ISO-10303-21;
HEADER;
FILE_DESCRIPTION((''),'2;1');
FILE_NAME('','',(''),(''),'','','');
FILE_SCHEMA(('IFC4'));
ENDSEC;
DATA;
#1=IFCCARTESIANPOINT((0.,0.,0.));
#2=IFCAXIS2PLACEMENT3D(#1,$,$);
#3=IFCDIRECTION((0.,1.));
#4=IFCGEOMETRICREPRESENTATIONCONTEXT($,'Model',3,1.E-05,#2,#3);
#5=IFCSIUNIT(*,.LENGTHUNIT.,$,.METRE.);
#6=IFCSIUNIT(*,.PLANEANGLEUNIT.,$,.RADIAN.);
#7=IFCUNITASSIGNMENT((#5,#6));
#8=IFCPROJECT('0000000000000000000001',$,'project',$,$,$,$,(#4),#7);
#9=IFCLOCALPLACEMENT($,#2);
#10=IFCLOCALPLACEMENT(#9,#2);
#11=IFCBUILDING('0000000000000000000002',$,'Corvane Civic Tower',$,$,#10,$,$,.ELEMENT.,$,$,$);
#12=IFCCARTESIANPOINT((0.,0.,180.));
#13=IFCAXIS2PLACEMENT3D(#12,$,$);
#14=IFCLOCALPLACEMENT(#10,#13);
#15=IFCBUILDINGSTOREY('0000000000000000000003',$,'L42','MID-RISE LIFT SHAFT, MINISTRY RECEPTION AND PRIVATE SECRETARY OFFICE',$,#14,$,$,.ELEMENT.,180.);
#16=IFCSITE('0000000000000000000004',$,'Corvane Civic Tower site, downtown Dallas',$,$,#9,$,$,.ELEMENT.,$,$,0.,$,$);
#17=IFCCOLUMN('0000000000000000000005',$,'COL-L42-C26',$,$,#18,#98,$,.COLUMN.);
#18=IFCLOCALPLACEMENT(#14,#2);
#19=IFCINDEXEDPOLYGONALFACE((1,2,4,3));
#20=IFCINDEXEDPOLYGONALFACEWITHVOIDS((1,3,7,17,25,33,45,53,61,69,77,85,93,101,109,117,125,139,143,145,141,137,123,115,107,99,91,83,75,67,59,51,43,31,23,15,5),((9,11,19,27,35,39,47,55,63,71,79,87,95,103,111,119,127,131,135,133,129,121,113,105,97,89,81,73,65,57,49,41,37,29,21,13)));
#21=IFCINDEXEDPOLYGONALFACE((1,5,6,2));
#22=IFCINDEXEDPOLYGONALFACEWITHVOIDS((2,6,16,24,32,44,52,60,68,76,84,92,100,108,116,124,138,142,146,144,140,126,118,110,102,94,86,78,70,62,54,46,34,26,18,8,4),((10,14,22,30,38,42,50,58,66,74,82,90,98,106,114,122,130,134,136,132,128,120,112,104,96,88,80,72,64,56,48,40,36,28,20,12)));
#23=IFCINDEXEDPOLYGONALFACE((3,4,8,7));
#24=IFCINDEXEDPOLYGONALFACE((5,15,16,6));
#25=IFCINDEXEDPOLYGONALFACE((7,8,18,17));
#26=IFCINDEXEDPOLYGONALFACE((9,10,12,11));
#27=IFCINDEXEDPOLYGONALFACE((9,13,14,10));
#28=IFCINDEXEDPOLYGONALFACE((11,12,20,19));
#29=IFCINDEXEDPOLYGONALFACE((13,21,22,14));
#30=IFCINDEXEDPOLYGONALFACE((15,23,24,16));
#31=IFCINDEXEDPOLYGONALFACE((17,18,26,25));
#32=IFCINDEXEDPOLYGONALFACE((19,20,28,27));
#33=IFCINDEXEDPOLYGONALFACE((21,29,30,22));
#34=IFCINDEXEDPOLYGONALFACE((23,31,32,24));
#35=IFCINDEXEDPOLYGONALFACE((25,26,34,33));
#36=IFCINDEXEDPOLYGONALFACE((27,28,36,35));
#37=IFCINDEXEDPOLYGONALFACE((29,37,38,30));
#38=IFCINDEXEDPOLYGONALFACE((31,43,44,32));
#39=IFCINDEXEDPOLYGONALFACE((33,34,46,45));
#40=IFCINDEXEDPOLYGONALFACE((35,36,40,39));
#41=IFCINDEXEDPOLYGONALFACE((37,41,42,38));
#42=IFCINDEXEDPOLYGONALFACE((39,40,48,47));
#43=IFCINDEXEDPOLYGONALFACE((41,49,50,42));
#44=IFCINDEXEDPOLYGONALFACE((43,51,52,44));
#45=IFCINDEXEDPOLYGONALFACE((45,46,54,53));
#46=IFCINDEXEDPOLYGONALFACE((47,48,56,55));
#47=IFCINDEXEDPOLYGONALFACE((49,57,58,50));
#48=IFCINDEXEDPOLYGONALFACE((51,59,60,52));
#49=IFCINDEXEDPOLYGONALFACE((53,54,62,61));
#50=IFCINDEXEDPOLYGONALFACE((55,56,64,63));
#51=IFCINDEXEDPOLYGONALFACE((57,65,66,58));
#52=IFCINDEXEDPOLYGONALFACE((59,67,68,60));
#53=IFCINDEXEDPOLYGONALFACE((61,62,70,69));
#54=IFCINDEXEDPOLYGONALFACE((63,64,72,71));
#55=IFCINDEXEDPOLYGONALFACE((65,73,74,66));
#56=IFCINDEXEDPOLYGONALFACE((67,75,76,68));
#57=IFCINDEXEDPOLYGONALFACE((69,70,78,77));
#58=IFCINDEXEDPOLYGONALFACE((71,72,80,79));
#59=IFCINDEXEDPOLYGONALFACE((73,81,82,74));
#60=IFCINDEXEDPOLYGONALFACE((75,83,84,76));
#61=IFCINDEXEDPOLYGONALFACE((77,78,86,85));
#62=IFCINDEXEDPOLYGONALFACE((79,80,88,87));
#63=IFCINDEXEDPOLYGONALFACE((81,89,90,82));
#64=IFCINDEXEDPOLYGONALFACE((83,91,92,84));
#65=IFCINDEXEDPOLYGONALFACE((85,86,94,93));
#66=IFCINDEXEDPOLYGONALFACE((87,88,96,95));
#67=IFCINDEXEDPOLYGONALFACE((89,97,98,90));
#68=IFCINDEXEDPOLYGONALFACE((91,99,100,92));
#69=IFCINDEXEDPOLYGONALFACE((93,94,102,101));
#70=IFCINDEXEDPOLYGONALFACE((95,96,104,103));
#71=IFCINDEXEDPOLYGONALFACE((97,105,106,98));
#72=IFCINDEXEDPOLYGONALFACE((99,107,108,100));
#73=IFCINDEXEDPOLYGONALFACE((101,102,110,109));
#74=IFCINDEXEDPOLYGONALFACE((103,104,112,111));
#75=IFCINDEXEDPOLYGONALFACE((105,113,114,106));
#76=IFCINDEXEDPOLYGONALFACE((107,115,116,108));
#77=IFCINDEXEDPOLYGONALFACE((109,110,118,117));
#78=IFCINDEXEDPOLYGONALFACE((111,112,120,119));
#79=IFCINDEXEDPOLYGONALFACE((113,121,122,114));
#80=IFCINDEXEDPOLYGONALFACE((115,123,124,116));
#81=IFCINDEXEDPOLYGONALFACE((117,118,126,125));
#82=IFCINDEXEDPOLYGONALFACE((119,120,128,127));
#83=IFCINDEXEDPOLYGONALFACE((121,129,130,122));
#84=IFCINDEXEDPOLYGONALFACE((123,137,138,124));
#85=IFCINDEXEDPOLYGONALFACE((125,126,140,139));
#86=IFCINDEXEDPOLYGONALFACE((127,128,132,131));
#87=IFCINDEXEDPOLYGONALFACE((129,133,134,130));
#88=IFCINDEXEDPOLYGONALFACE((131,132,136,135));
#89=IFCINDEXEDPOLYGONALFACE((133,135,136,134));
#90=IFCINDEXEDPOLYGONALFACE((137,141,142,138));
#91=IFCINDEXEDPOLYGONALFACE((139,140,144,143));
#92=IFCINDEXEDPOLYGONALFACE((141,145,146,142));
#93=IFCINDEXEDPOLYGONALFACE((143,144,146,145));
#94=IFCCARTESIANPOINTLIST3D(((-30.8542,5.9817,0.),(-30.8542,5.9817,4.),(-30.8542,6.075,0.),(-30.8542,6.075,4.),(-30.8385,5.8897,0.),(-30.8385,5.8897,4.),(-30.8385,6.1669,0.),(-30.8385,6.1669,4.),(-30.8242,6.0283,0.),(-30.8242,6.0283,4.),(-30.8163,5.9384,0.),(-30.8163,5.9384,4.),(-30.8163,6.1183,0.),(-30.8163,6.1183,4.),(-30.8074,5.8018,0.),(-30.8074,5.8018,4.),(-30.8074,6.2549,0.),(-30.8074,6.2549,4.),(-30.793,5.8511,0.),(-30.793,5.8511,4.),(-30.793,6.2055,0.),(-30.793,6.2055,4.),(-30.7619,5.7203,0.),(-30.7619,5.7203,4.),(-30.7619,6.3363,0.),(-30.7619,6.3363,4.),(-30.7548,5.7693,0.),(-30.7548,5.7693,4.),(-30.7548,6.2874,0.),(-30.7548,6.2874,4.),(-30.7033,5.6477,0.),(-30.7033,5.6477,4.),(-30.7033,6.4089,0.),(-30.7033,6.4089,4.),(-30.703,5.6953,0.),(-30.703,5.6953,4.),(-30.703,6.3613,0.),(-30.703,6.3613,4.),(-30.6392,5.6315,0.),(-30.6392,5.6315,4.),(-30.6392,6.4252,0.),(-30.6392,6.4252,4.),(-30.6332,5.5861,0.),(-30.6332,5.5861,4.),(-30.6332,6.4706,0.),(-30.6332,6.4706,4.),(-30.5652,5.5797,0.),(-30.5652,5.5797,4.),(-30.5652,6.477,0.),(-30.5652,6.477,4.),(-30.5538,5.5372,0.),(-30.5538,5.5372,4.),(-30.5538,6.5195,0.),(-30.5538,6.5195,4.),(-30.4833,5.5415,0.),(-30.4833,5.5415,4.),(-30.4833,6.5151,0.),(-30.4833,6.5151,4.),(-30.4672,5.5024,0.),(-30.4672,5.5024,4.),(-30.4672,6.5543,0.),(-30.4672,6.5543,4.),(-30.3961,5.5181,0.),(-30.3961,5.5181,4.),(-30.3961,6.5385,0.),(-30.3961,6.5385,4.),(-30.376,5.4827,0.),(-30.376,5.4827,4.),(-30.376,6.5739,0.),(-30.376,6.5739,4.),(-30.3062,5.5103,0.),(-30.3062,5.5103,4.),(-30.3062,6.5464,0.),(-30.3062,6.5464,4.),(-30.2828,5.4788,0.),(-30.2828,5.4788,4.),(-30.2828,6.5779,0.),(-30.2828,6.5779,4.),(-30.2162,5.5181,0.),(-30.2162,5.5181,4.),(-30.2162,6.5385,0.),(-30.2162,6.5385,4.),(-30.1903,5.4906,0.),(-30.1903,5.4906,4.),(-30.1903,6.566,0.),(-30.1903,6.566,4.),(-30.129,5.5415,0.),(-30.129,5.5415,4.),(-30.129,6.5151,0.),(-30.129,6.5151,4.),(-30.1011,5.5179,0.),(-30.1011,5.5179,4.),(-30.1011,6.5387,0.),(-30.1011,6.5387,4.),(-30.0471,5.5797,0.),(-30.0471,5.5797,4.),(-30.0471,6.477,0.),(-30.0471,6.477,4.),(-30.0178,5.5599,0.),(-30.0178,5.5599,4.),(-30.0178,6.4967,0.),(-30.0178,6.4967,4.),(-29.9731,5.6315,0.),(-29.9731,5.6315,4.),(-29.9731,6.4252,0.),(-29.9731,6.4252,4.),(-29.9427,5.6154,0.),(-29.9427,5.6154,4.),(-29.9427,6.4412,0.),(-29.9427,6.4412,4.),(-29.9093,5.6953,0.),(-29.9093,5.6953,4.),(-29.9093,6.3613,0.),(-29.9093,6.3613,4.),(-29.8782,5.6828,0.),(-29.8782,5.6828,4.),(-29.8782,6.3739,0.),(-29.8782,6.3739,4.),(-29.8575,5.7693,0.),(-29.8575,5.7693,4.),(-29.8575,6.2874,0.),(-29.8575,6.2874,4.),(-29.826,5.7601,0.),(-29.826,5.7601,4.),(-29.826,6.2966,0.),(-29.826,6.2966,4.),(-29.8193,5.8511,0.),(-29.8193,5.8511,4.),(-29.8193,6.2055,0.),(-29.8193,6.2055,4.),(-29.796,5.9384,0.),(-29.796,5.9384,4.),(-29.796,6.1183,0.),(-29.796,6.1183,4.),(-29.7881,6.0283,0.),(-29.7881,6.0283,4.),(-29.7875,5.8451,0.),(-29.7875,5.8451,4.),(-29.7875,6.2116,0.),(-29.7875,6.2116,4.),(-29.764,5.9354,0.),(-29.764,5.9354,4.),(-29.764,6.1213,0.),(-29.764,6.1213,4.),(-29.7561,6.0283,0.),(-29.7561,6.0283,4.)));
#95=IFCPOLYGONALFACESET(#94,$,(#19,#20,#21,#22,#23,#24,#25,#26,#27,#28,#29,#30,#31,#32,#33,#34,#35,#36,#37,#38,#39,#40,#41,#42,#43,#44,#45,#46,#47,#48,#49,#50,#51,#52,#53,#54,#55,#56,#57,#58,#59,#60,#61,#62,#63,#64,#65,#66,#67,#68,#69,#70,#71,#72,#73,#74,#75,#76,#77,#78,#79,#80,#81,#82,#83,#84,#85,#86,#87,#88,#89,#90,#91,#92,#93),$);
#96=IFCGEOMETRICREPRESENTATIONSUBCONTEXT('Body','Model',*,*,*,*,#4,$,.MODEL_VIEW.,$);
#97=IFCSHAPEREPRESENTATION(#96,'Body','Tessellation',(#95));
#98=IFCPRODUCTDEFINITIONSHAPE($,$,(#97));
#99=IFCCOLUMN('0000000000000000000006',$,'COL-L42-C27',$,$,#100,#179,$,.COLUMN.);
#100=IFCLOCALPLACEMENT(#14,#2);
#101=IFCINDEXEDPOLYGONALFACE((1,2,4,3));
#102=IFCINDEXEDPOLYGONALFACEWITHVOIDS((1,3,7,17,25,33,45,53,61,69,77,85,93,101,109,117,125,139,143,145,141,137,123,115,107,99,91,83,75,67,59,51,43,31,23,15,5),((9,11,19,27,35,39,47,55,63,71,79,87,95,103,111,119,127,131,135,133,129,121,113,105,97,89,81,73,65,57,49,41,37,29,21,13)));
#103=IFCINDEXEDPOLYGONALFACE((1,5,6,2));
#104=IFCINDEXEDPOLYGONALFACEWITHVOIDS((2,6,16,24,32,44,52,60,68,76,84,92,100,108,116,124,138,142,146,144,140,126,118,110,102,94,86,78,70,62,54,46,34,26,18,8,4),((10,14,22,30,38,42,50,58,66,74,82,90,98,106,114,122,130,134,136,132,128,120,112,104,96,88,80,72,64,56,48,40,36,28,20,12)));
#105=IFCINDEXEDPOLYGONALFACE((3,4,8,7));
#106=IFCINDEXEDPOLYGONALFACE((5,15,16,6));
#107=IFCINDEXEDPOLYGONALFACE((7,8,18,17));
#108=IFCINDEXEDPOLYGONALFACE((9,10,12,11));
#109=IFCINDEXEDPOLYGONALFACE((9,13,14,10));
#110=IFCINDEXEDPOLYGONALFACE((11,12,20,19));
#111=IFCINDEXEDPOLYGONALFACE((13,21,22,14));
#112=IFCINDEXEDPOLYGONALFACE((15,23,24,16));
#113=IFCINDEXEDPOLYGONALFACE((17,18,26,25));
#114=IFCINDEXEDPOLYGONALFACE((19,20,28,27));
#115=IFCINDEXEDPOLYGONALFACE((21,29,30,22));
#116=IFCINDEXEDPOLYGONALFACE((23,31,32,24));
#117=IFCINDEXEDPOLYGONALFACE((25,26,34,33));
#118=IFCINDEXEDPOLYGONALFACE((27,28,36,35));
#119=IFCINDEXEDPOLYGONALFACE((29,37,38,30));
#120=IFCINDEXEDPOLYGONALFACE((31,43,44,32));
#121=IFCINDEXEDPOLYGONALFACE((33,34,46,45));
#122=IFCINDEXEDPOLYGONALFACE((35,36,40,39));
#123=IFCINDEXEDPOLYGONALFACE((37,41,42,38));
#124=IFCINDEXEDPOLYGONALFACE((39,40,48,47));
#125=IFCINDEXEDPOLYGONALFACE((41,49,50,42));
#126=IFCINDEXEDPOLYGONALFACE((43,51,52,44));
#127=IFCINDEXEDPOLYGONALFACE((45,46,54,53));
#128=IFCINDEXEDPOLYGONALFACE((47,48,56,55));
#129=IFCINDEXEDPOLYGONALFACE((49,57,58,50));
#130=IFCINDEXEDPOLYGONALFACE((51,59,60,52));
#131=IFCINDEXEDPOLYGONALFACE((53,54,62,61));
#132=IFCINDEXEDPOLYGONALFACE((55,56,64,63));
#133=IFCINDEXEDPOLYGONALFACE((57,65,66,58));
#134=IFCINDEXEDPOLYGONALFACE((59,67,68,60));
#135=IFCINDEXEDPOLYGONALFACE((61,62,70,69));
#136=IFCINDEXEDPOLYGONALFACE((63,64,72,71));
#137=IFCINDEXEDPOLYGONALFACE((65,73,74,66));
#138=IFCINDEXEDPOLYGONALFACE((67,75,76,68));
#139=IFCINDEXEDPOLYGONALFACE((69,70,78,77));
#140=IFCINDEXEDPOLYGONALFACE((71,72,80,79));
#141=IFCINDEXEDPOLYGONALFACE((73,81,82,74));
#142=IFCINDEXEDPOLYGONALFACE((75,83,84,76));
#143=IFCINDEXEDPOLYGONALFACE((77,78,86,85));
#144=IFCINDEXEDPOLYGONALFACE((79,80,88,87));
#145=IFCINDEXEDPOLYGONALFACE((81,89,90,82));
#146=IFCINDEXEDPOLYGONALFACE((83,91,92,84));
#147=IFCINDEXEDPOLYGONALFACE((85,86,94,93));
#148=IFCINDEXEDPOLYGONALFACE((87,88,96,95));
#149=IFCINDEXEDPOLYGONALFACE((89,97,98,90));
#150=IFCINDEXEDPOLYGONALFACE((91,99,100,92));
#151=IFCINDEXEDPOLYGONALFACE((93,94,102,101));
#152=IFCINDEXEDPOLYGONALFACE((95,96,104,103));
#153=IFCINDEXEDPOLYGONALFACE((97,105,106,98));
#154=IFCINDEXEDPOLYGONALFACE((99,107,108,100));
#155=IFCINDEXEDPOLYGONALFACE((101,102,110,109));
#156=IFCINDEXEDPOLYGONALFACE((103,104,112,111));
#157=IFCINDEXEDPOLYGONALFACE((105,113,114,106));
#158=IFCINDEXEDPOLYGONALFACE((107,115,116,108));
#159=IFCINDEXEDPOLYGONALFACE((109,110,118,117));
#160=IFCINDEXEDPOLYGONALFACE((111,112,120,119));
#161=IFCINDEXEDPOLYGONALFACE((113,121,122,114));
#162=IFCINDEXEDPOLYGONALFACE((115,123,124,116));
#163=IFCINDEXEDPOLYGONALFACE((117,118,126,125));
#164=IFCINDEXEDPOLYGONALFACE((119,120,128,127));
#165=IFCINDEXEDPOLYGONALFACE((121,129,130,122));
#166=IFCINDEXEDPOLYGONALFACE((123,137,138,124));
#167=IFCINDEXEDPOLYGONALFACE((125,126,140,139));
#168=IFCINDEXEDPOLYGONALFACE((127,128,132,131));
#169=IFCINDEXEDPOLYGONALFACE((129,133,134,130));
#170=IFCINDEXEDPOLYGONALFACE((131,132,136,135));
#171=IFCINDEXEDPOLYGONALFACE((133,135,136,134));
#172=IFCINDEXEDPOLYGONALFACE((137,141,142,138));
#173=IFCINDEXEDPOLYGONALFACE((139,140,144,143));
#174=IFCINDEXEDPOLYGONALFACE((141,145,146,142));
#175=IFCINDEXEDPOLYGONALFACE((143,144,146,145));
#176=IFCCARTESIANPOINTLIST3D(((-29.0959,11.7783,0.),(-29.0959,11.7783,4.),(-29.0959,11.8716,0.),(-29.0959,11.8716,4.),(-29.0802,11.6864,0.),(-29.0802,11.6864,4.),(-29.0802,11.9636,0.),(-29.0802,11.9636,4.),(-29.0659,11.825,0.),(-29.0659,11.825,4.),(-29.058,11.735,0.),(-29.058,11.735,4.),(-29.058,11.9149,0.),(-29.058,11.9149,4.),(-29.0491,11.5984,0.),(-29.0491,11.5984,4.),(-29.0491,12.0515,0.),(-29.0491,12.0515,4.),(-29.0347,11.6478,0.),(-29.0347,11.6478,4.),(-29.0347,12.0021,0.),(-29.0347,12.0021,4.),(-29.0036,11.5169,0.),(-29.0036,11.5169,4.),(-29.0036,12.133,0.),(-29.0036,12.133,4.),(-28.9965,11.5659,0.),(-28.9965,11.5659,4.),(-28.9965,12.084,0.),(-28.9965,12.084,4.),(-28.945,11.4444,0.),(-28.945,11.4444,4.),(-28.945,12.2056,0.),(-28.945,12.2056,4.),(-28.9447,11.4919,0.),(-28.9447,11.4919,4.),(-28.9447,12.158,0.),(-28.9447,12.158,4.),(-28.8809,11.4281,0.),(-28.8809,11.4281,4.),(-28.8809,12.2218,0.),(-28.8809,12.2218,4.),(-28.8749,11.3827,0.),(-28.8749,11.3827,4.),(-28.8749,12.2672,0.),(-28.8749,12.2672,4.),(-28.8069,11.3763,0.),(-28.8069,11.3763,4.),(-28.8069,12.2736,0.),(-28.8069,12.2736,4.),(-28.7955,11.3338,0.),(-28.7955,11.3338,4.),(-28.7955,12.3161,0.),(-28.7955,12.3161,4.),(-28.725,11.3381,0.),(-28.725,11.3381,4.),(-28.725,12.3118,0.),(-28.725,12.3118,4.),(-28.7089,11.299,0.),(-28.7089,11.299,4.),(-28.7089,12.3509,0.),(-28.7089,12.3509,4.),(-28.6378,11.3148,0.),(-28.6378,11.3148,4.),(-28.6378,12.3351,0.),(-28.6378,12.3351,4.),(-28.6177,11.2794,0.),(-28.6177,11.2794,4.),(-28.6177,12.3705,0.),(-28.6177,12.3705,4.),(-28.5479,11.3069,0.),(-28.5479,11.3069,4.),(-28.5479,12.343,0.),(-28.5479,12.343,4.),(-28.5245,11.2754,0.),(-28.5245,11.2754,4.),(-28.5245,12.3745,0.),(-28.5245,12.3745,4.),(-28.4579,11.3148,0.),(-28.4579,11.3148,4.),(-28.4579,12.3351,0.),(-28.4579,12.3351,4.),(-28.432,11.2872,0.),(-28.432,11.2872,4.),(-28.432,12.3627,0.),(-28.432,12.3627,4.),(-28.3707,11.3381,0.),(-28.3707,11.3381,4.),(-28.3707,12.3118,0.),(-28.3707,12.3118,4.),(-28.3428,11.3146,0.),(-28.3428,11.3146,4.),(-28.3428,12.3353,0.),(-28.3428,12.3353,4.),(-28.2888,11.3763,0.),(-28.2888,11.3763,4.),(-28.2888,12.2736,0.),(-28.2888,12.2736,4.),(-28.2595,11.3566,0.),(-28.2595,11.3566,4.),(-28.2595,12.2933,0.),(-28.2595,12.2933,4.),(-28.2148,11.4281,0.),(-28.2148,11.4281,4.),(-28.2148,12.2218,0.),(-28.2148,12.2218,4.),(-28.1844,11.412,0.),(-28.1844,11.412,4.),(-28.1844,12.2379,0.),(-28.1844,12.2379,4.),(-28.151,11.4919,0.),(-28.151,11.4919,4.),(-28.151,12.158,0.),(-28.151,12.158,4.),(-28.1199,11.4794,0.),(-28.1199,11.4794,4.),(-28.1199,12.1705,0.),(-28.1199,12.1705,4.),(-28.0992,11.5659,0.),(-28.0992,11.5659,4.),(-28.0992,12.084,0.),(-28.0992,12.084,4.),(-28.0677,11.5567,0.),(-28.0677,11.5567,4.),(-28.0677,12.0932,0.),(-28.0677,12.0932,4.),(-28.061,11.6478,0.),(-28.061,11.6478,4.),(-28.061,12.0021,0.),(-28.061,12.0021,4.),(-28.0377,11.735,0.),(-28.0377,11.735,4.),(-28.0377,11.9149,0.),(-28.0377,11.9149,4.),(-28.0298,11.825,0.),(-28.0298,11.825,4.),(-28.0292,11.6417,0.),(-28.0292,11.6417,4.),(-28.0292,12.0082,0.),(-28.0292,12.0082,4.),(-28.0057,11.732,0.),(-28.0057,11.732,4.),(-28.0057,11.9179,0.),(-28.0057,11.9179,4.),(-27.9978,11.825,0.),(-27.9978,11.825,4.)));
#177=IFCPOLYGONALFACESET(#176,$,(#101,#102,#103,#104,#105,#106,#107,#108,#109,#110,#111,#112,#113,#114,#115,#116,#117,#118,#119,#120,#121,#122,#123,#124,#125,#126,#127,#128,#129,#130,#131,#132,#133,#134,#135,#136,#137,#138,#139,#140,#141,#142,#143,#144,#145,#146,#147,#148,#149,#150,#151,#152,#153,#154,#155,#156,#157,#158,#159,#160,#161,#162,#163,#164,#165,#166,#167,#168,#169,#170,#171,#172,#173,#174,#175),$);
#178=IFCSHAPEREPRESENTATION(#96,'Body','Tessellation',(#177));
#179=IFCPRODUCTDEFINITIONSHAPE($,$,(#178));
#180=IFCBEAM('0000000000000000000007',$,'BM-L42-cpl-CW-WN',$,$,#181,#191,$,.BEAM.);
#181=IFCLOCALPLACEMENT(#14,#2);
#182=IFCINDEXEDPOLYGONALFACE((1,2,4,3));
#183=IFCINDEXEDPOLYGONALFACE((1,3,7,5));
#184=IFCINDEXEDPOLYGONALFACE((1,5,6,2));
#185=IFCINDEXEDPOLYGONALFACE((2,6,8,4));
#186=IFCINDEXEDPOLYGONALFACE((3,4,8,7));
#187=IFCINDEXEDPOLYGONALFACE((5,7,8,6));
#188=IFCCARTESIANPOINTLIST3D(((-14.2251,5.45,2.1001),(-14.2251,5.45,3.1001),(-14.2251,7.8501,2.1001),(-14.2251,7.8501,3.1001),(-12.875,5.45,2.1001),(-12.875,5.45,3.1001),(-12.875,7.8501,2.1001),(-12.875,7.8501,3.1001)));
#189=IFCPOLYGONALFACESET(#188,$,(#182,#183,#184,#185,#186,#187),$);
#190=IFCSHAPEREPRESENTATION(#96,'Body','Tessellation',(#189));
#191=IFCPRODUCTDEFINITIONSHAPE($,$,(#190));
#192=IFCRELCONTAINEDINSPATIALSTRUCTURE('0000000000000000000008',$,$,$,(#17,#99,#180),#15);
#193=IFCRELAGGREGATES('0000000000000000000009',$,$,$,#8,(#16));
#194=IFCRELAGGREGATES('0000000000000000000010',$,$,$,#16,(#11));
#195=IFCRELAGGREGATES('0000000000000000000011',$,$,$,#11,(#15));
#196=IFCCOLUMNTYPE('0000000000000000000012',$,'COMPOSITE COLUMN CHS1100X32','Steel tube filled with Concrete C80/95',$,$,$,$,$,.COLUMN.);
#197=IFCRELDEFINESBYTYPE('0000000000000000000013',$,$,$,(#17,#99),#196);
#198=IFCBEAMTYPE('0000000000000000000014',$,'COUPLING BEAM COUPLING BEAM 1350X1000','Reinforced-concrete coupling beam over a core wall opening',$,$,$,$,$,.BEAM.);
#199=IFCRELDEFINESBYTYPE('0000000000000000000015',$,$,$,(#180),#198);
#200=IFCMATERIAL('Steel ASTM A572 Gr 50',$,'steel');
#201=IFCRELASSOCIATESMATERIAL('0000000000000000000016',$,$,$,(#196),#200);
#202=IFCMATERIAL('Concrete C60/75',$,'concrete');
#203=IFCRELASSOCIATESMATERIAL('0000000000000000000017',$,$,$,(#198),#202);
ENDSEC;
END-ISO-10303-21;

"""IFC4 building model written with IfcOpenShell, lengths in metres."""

from ifc_helpers import new_model, si_unit, direction, frame, origin, origin_2d, place, context, subcontext, project, spatial, rectangle, hollow_circle, extrude, material, material_profile, profile_set, type_object, element, save


model = new_model("IFC4")

# Units and contexts
model_context = context("Model", 3, precision=1e-05, world=origin(), true_north=direction((0.0, 1.0)))
body_context = subcontext(model_context, "Body", "Model", "MODEL_VIEW")
ifc_project = project(units=[si_unit("LENGTHUNIT", "METRE"), si_unit("PLANEANGLEUNIT", "RADIAN")], contexts=[model_context])

# Site, building, storey
site_placement = place(None, origin())
site = spatial("IfcSite", under=ifc_project, at=site_placement, Name="Corvane Civic Tower site, downtown Dallas", CompositionType="ELEMENT", RefElevation=0.0)
building_placement = place(site_placement, origin())
building = spatial("IfcBuilding", under=site, at=building_placement, Name="Corvane Civic Tower", CompositionType="ELEMENT")
storey_placement = place(building_placement, frame((0.0, 0.0, 180.0)))
storey = spatial("IfcBuildingStorey", under=building, at=storey_placement, Name="L42", Description="MID-RISE LIFT SHAFT, MINISTRY RECEPTION AND PRIVATE SECRETARY OFFICE", CompositionType="ELEMENT", Elevation=180.0)

# Columns
ifc_material_1 = material(Name="Steel ASTM A572 Gr 50", Category="steel")
ifc_material_profile_1 = material_profile(ifc_material_1, hollow_circle(Radius=0.55, WallThickness=0.032, at=origin_2d()), Name="CHS1100X32")
ifc_profile_set_1 = profile_set([ifc_material_profile_1], Name="Steel ASTM A572 Gr 50")
column_type = type_object("IfcColumnType", Name="COMPOSITE COLUMN CHS1100X32", Description="Steel tube filled with Concrete C80/95", PredefinedType="COLUMN", material=ifc_profile_set_1)
for number, where, z_axis, x_axis, name in (
    (1, (-30.3062, 6.0283, 0.0), (0.0, 0.0, 1.0), (1.0, 0.0, 0.0), "COL-L42-C26"),
    (2, (-28.5479, 11.825, 0.0), (0.0, 0.0, 1.0), (1.0, 0.0, 0.0), "COL-L42-C27"),
):
    element("IfcColumn", number, at=place(storey_placement, frame(where, z_axis=z_axis, x_axis=x_axis)), inside=storey, type_object=column_type, Name=name, PredefinedType="COLUMN", context=body_context, shape_type="SweptSolid", body=[
        extrude(hollow_circle(Radius=0.55, WallThickness=0.032, at=origin_2d()), origin(), (0.0, 0.0, 1.0), 4.0),
    ])

# Beam
ifc_material_2 = material(Name="Concrete C60/75", Category="concrete")
ifc_material_profile_2 = material_profile(ifc_material_2, rectangle(XDim=1.3501, YDim=1.0, at=origin_2d()), Name="COUPLING BEAM 1350X1000")
ifc_profile_set_2 = profile_set([ifc_material_profile_2], Name="Concrete C60/75")
beam_type_1 = type_object("IfcBeamType", Name="COUPLING BEAM COUPLING BEAM 1350X1000", Description="Reinforced-concrete coupling beam over a core wall opening", PredefinedType="BEAM", material=ifc_profile_set_2)
beam_1_placement = place(storey_placement, frame((-13.55, 5.45, 2.6001), z_axis=(0.0, 1.0, 0.0), x_axis=(-1.0, 0.0, 0.0)))
element("IfcBeam", 3, at=beam_1_placement, inside=storey, type_object=beam_type_1, Name="BM-L42-cpl-CW-WN", PredefinedType="BEAM", context=body_context, shape_type="SweptSolid", body=[
    extrude(rectangle(XDim=1.3501, YDim=1.0, at=origin_2d()), origin(), (0.0, 0.0, 1.0), 2.4001),
])

save(model, "model.ifc")
